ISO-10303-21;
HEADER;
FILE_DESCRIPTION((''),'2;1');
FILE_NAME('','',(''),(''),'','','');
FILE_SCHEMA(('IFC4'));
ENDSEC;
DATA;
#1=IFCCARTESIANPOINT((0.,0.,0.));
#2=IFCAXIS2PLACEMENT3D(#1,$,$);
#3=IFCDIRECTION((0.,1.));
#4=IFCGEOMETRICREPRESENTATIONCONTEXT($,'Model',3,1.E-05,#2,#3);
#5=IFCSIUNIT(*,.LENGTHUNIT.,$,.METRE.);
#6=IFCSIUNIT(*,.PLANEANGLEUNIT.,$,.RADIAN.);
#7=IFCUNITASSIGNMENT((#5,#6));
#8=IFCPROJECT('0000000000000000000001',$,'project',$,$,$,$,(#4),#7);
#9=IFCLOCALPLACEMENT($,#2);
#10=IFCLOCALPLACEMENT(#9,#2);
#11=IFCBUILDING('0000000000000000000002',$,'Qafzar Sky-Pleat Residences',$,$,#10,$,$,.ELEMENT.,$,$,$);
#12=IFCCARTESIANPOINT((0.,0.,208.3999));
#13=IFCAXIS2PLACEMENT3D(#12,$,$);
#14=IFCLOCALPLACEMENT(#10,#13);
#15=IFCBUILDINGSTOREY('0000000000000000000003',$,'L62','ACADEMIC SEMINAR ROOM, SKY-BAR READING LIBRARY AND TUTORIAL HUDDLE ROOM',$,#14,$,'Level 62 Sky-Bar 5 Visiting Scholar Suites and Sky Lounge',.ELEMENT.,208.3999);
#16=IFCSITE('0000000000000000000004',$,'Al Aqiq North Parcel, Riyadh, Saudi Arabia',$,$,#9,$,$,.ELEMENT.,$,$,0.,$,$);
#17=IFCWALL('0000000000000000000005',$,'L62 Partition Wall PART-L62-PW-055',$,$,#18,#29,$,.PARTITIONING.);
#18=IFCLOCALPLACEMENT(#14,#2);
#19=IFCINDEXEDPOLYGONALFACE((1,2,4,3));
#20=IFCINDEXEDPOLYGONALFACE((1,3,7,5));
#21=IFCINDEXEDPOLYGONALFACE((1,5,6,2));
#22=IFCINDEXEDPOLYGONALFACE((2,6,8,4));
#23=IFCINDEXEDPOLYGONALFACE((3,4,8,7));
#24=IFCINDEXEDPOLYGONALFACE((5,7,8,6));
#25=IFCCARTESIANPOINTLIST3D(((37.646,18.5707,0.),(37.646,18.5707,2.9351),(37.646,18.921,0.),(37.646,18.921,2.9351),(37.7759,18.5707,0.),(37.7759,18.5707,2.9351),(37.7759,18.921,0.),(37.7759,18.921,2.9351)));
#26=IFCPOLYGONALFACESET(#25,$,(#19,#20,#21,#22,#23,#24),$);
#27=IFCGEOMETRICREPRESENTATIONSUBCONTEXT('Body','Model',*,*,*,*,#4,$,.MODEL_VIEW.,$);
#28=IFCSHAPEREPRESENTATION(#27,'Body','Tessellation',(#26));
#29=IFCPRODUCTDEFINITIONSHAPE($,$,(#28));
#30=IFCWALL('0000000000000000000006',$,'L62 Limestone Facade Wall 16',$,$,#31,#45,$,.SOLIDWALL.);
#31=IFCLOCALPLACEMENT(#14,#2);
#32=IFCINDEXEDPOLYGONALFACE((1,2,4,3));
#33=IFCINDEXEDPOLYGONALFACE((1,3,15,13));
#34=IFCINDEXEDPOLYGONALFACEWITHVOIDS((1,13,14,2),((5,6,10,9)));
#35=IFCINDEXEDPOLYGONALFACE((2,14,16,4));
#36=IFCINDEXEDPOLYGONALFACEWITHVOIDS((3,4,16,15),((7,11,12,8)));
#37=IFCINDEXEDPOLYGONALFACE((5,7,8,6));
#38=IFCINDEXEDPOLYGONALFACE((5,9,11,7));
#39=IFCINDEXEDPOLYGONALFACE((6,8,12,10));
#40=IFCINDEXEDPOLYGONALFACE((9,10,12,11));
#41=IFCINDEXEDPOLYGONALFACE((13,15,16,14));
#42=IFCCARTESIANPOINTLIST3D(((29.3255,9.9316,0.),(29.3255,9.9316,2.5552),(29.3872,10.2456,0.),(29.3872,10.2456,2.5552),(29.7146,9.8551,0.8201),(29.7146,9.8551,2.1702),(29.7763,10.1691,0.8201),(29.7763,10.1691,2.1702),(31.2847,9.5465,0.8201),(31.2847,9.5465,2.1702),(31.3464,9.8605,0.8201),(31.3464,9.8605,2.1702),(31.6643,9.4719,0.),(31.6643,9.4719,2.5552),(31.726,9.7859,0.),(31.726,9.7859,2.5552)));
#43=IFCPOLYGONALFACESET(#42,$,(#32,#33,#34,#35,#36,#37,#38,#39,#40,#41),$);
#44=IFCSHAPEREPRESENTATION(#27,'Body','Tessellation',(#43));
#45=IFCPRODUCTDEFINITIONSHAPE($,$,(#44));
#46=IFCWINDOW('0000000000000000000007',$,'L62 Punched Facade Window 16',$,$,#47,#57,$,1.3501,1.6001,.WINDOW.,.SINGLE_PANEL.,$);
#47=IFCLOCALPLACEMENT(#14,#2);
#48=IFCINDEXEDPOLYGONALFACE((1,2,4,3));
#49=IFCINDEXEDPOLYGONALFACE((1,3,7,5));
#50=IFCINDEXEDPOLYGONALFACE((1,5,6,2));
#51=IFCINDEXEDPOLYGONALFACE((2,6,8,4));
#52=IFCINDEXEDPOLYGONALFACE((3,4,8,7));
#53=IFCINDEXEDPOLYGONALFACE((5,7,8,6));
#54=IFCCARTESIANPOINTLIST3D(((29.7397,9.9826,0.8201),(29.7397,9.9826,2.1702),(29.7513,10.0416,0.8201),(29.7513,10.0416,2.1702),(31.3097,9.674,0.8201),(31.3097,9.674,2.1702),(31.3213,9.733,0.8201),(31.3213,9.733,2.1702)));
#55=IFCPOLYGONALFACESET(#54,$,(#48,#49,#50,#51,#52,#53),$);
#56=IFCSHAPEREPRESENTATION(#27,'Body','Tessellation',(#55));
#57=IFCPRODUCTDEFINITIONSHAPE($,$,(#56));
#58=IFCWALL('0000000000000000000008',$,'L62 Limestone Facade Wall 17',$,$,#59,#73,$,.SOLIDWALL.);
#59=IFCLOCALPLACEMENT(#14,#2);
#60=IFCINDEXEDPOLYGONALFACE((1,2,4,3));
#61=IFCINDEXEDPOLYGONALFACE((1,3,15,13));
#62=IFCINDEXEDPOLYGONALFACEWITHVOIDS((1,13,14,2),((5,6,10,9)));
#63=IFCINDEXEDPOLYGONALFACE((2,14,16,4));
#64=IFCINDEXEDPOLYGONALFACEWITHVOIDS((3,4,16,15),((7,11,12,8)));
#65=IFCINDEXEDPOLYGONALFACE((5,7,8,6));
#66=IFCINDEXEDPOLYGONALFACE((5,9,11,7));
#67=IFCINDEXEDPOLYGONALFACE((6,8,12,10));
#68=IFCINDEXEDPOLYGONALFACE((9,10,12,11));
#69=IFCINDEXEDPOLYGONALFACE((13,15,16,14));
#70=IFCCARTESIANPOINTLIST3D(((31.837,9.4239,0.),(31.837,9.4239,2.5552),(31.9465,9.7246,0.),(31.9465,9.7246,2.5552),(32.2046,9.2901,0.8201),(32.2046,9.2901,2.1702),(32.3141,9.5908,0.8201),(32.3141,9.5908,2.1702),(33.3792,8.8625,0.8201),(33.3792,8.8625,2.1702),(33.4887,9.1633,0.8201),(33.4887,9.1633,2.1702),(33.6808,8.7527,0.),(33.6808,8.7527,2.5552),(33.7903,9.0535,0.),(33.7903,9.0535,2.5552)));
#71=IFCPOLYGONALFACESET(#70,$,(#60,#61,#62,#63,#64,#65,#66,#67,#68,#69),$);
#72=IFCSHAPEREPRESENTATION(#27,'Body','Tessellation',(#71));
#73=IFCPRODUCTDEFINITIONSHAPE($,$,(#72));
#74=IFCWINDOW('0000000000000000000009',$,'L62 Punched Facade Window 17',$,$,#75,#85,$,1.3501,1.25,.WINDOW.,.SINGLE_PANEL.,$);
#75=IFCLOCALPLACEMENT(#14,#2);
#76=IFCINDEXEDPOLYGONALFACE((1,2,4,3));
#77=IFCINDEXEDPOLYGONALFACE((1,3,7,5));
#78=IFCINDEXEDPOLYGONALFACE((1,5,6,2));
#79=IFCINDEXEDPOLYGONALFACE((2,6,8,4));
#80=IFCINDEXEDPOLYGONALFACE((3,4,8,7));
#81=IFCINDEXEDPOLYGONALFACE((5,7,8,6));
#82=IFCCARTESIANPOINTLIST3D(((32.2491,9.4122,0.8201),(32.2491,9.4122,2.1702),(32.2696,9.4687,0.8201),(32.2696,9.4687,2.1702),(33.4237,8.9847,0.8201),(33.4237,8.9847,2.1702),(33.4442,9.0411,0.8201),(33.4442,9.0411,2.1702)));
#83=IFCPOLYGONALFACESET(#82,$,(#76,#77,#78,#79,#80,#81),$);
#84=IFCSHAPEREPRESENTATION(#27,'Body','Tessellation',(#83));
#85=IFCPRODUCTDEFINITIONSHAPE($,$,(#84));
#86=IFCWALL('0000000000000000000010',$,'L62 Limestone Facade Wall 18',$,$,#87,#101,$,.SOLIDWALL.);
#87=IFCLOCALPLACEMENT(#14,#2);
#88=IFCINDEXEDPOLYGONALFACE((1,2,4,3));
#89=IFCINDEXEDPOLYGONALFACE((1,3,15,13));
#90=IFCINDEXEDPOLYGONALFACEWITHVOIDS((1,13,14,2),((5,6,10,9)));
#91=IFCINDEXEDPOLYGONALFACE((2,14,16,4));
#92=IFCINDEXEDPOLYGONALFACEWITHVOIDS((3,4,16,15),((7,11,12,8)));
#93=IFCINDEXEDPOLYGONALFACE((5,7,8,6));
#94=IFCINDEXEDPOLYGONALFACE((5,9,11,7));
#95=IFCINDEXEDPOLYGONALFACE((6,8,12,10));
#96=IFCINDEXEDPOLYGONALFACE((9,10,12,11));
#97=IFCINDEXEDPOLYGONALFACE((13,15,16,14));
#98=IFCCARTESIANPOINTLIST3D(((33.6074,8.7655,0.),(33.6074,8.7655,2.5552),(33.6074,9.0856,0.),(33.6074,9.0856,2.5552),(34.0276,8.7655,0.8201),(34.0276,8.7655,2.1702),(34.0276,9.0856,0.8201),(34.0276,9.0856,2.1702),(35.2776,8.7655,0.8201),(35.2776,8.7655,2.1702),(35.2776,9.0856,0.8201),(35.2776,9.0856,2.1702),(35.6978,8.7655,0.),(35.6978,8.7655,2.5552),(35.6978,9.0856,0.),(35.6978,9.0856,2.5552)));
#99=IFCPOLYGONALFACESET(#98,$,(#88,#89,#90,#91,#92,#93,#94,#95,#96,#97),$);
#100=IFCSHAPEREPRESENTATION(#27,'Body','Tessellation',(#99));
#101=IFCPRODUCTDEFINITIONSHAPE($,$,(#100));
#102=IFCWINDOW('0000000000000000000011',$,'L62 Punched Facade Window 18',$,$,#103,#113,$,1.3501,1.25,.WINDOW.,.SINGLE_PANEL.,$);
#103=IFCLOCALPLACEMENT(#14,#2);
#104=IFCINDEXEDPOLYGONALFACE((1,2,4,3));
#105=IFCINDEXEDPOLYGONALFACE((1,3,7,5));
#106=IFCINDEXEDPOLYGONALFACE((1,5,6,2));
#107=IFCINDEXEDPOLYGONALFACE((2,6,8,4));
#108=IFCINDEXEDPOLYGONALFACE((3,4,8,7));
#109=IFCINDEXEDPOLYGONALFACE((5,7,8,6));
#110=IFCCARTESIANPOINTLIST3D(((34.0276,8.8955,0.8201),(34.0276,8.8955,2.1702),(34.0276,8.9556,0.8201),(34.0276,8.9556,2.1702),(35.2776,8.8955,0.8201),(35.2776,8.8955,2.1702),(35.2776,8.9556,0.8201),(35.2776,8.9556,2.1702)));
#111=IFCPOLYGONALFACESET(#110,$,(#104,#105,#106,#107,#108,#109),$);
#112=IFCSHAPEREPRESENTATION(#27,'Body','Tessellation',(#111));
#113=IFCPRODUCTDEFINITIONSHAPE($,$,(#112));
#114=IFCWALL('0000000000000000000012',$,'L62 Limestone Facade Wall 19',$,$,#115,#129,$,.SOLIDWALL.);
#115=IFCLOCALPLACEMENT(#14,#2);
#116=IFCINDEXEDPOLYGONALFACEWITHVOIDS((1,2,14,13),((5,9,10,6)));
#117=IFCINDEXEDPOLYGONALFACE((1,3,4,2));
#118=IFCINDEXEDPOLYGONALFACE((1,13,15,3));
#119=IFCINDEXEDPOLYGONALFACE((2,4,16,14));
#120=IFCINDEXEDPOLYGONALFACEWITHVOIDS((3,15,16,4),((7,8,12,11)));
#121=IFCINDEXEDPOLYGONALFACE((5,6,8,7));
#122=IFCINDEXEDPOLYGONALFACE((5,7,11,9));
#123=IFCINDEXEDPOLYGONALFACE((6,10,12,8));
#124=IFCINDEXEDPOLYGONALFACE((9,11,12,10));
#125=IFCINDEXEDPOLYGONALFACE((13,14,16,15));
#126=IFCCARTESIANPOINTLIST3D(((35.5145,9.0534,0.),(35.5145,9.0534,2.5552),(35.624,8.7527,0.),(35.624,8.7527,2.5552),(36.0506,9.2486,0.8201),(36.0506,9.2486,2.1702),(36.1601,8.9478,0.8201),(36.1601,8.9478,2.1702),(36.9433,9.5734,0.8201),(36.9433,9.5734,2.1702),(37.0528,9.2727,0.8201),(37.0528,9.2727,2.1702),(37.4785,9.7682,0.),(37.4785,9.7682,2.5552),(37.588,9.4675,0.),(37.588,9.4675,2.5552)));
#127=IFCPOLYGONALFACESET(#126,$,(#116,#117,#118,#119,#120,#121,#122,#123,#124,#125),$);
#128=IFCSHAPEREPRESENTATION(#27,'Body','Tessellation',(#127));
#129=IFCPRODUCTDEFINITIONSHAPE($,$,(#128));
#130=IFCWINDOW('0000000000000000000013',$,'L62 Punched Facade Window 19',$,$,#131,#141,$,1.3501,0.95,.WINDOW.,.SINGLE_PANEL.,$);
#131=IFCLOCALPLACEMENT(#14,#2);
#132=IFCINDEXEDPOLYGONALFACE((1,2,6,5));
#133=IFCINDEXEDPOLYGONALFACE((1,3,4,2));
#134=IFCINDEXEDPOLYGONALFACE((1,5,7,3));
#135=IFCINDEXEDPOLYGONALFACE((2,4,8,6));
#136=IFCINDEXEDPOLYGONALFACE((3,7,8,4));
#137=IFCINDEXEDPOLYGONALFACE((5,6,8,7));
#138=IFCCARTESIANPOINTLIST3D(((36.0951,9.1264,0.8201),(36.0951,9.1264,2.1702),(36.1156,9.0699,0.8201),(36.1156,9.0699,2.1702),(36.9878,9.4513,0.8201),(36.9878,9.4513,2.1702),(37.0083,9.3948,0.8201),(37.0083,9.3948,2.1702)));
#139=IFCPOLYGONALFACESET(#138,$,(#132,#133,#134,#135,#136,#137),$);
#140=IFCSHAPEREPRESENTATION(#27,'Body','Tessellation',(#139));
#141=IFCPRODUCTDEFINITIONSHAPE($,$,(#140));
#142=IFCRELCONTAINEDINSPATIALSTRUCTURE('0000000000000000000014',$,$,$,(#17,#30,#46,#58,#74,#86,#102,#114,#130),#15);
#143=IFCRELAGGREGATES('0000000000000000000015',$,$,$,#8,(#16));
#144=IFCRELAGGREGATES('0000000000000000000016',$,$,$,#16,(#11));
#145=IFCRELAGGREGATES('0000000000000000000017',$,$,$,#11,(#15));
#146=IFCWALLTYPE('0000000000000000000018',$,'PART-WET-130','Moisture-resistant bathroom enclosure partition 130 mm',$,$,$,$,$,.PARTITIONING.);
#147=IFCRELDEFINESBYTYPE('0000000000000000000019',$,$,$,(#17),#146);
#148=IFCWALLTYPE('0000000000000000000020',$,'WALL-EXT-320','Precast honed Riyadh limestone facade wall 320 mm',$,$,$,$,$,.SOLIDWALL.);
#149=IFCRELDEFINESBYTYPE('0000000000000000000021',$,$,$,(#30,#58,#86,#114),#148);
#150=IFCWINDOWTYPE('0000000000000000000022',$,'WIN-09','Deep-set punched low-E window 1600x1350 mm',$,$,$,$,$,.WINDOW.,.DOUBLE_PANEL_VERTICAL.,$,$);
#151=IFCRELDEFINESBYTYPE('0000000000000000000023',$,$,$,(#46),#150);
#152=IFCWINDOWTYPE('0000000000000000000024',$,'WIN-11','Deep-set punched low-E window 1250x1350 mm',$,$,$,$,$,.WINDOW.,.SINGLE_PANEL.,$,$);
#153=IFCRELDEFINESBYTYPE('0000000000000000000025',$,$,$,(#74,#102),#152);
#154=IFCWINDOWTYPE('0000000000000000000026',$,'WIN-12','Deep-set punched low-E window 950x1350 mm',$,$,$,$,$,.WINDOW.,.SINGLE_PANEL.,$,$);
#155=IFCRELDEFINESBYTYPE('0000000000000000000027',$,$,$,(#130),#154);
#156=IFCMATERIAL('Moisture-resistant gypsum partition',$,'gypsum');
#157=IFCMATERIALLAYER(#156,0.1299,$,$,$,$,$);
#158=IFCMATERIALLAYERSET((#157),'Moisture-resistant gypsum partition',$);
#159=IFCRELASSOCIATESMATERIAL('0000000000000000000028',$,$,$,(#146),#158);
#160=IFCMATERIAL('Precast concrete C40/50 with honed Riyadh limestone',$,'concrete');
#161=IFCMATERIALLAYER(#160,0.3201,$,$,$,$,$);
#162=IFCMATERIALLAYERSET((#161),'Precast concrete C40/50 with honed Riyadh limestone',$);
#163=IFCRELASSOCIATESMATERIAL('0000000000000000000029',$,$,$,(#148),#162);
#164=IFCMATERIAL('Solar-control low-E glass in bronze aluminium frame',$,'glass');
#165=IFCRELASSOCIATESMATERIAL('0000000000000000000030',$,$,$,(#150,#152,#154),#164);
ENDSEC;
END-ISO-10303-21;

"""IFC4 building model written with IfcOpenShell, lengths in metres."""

from ifc_helpers import new_model, si_unit, direction, frame, frame_2d, origin, place, context, subcontext, project, spatial, rectangle, extrude, source, transform, mapped, material, layer, layer_set, type_object, element, fill, save


model = new_model("IFC4")

# Units and contexts
model_context = context("Model", 3, precision=1e-05, world=origin(), true_north=direction((0.0, 1.0)))
body_context = subcontext(model_context, "Body", "Model", "MODEL_VIEW")
ifc_project = project(units=[si_unit("LENGTHUNIT", "METRE"), si_unit("PLANEANGLEUNIT", "RADIAN")], contexts=[model_context])

# Site, building, storey
site_placement = place(None, origin())
site = spatial("IfcSite", under=ifc_project, at=site_placement, Name="Al Aqiq North Parcel, Riyadh, Saudi Arabia", CompositionType="ELEMENT", RefElevation=0.0)
building_placement = place(site_placement, origin())
building = spatial("IfcBuilding", under=site, at=building_placement, Name="Qafzar Sky-Pleat Residences", CompositionType="ELEMENT")
storey_placement = place(building_placement, frame((0.0, 0.0, 208.3999)))
storey = spatial("IfcBuildingStorey", under=building, at=storey_placement, Name="L62", Description="ACADEMIC SEMINAR ROOM, SKY-BAR READING LIBRARY AND TUTORIAL HUDDLE ROOM", LongName="Level 62 Sky-Bar 5 Visiting Scholar Suites and Sky Lounge", CompositionType="ELEMENT", Elevation=208.3999)

# Wall
ifc_material_1 = material(Name="Moisture-resistant gypsum partition", Category="gypsum")
ifc_layer_1 = layer(ifc_material_1, 0.1299)
ifc_layer_set_1 = layer_set([ifc_layer_1], Name="Moisture-resistant gypsum partition")
wall_type_1 = type_object("IfcWallType", Name="PART-WET-130", Description="Moisture-resistant bathroom enclosure partition 130 mm", PredefinedType="PARTITIONING", material=ifc_layer_set_1)
wall_1_placement = place(storey_placement, frame((37.7109, 18.5706, 0.0), z_axis=(0.0, 0.0, 1.0), x_axis=(0.0, 1.0, 0.0)))
element("IfcWall", 1, at=wall_1_placement, inside=storey, type_object=wall_type_1, Name="L62 Partition Wall PART-L62-PW-055", PredefinedType="PARTITIONING", context=body_context, shape_type="SweptSolid", body=[
    extrude(rectangle(XDim=0.3503, YDim=0.1299, at=frame_2d((0.1753, 0.0))), origin(), (0.0, 0.0, 1.0), 2.9351),
])

# Walls, openings, windows
ifc_material_2 = material(Name="Precast concrete C40/50 with honed Riyadh limestone", Category="concrete")
ifc_layer_2 = layer(ifc_material_2, 0.3201)
ifc_layer_set_2 = layer_set([ifc_layer_2], Name="Precast concrete C40/50 with honed Riyadh limestone")
wall_type_2 = type_object("IfcWallType", Name="WALL-EXT-320", Description="Precast honed Riyadh limestone facade wall 320 mm", PredefinedType="SOLIDWALL", material=ifc_layer_set_2)
wall_2_placement = place(storey_placement, frame((29.3562, 10.0886, 0.0), z_axis=(0.0, 0.0, 1.0), x_axis=(0.981225, -0.192865, 0.0)))
wall_2 = element("IfcWall", 2, at=wall_2_placement, inside=storey, type_object=wall_type_2, Name="L62 Limestone Facade Wall 16", PredefinedType="SOLIDWALL", context=body_context, shape_type="SweptSolid", body=[
    extrude(rectangle(XDim=2.3835, YDim=0.3201, at=frame_2d((1.1919, 0.0))), origin(), (0.0, 0.0, 1.0), 2.5552),
])
opening_1_placement = place(wall_2_placement, frame((0.3967, 0.0, 0.8201)))
opening_1 = element("IfcOpeningElement", 3, at=opening_1_placement, cuts=wall_2, PredefinedType="OPENING", context=body_context, shape_type="SweptSolid", body=[
    extrude(rectangle(XDim=1.6001, YDim=1.3501, at=frame_2d((0.8, 0.675))), frame((0.0, 0.1699, 0.0), z_axis=(0.0, -1.0, 0.0), x_axis=(1.0, 0.0, 0.0)), (0.0, 0.0, 1.0), 0.3401),
])
ifc_material_3 = material(Name="Solar-control low-E glass in bronze aluminium frame", Category="glass")
window_type_1 = type_object("IfcWindowType", Name="WIN-09", Description="Deep-set punched low-E window 1600x1350 mm", PartitioningType="DOUBLE_PANEL_VERTICAL", PredefinedType="WINDOW", material=ifc_material_3)
shared_shape_1 = source(origin(), body_context, "Body", "SweptSolid", [
    extrude(rectangle(XDim=1.6001, YDim=1.3501, at=frame_2d((0.8, 0.675))), frame((0.0, 0.03, 0.0), z_axis=(0.0, -1.0, 0.0), x_axis=(1.0, 0.0, 0.0)), (0.0, 0.0, 1.0), 0.0601),
])
window_1_placement = place(opening_1_placement, origin())
window_1 = element("IfcWindow", 4, at=window_1_placement, inside=storey, type_object=window_type_1, Name="L62 Punched Facade Window 16", OverallHeight=1.3501, OverallWidth=1.6001, PartitioningType="SINGLE_PANEL", PredefinedType="WINDOW", context=body_context, shape_type="MappedRepresentation", body=[
    mapped(shared_shape_1, transform((0.0, 0.0, 0.0), x_axis=(1.0, 0.0, 0.0), y_axis=(0.0, 1.0, 0.0), z_axis=(0.0, 0.0, 1.0), scale=1.0)),
])
fill(opening_1, window_1)
wall_3_placement = place(storey_placement, frame((31.8918, 9.5742, 0.0), z_axis=(0.0, 0.0, 1.0), x_axis=(0.939681, -0.342053, 0.0)))
wall_3 = element("IfcWall", 5, at=wall_3_placement, inside=storey, type_object=wall_type_2, Name="L62 Limestone Facade Wall 17", PredefinedType="SOLIDWALL", context=body_context, shape_type="SweptSolid", body=[
    extrude(rectangle(XDim=1.9622, YDim=0.3201, at=frame_2d((0.981, 0.0))), origin(), (0.0, 0.0, 1.0), 2.5552),
])
opening_2_placement = place(wall_3_placement, frame((0.3911, 0.0, 0.8201)))
opening_2 = element("IfcOpeningElement", 6, at=opening_2_placement, cuts=wall_3, PredefinedType="OPENING", context=body_context, shape_type="SweptSolid", body=[
    extrude(rectangle(XDim=1.25, YDim=1.3501, at=frame_2d((0.625, 0.675))), frame((0.0, 0.1699, 0.0), z_axis=(0.0, -1.0, 0.0), x_axis=(1.0, 0.0, 0.0)), (0.0, 0.0, 1.0), 0.3401),
])
window_type_2 = type_object("IfcWindowType", Name="WIN-11", Description="Deep-set punched low-E window 1250x1350 mm", PartitioningType="SINGLE_PANEL", PredefinedType="WINDOW", material=ifc_material_3)
shared_shape_2 = source(origin(), body_context, "Body", "SweptSolid", [
    extrude(rectangle(XDim=1.25, YDim=1.3501, at=frame_2d((0.625, 0.675))), frame((0.0, 0.03, 0.0), z_axis=(0.0, -1.0, 0.0), x_axis=(1.0, 0.0, 0.0)), (0.0, 0.0, 1.0), 0.0601),
])
window_2_placement = place(opening_2_placement, origin())
window_2 = element("IfcWindow", 7, at=window_2_placement, inside=storey, type_object=window_type_2, Name="L62 Punched Facade Window 17", OverallHeight=1.3501, OverallWidth=1.25, PartitioningType="SINGLE_PANEL", PredefinedType="WINDOW", context=body_context, shape_type="MappedRepresentation", body=[
    mapped(shared_shape_2, transform((0.0, 0.0, 0.0), x_axis=(1.0, 0.0, 0.0), y_axis=(0.0, 1.0, 0.0), z_axis=(0.0, 0.0, 1.0), scale=1.0)),
])
fill(opening_2, window_2)
wall_4_placement = place(storey_placement, frame((33.6074, 8.9255, 0.0), z_axis=(0.0, 0.0, 1.0), x_axis=(1.0, 0.0, 0.0)))
wall_4 = element("IfcWall", 8, at=wall_4_placement, inside=storey, type_object=wall_type_2, Name="L62 Limestone Facade Wall 18", PredefinedType="SOLIDWALL", context=body_context, shape_type="SweptSolid", body=[
    extrude(rectangle(XDim=2.0903, YDim=0.3201, at=frame_2d((1.0452, 0.0))), origin(), (0.0, 0.0, 1.0), 2.5552),
])
opening_3_placement = place(wall_4_placement, frame((0.4202, 0.0, 0.8201)))
opening_3 = element("IfcOpeningElement", 9, at=opening_3_placement, cuts=wall_4, PredefinedType="OPENING", context=body_context, shape_type="SweptSolid", body=[
    extrude(rectangle(XDim=1.25, YDim=1.3501, at=frame_2d((0.625, 0.675))), frame((0.0, 0.1699, 0.0), z_axis=(0.0, -1.0, 0.0), x_axis=(1.0, 0.0, 0.0)), (0.0, 0.0, 1.0), 0.3401),
])
window_3_placement = place(opening_3_placement, origin())
window_3 = element("IfcWindow", 10, at=window_3_placement, inside=storey, type_object=window_type_2, Name="L62 Punched Facade Window 18", OverallHeight=1.3501, OverallWidth=1.25, PartitioningType="SINGLE_PANEL", PredefinedType="WINDOW", context=body_context, shape_type="MappedRepresentation", body=[
    mapped(shared_shape_2, transform((0.0, 0.0, 0.0), x_axis=(1.0, 0.0, 0.0), y_axis=(0.0, 1.0, 0.0), z_axis=(0.0, 0.0, 1.0), scale=1.0)),
])
fill(opening_3, window_3)
wall_5_placement = place(storey_placement, frame((35.5693, 8.9031, 0.0), z_axis=(0.0, 0.0, 1.0), x_axis=(0.939698, 0.342006, 0.0)))
wall_5 = element("IfcWall", 11, at=wall_5_placement, inside=storey, type_object=wall_type_2, Name="L62 Limestone Facade Wall 19", PredefinedType="SOLIDWALL", context=body_context, shape_type="SweptSolid", body=[
    extrude(rectangle(XDim=2.0901, YDim=0.3201, at=frame_2d((1.0449, 0.0))), origin(), (0.0, 0.0, 1.0), 2.5552),
])
opening_4_placement = place(wall_5_placement, frame((0.5703, 0.0, 0.8201)))
opening_4 = element("IfcOpeningElement", 12, at=opening_4_placement, cuts=wall_5, PredefinedType="OPENING", context=body_context, shape_type="SweptSolid", body=[
    extrude(rectangle(XDim=0.95, YDim=1.3501, at=frame_2d((0.4751, 0.675))), frame((0.0, 0.1699, 0.0), z_axis=(0.0, -1.0, 0.0), x_axis=(1.0, 0.0, 0.0)), (0.0, 0.0, 1.0), 0.3401),
])
window_type_3 = type_object("IfcWindowType", Name="WIN-12", Description="Deep-set punched low-E window 950x1350 mm", PartitioningType="SINGLE_PANEL", PredefinedType="WINDOW", material=ifc_material_3)
shared_shape_3 = source(origin(), body_context, "Body", "SweptSolid", [
    extrude(rectangle(XDim=0.95, YDim=1.3501, at=frame_2d((0.4751, 0.675))), frame((0.0, 0.03, 0.0), z_axis=(0.0, -1.0, 0.0), x_axis=(1.0, 0.0, 0.0)), (0.0, 0.0, 1.0), 0.0601),
])
window_4_placement = place(opening_4_placement, origin())
window_4 = element("IfcWindow", 13, at=window_4_placement, inside=storey, type_object=window_type_3, Name="L62 Punched Facade Window 19", OverallHeight=1.3501, OverallWidth=0.95, PartitioningType="SINGLE_PANEL", PredefinedType="WINDOW", context=body_context, shape_type="MappedRepresentation", body=[
    mapped(shared_shape_3, transform((0.0, 0.0, 0.0), x_axis=(1.0, 0.0, 0.0), y_axis=(0.0, 1.0, 0.0), z_axis=(0.0, 0.0, 1.0), scale=1.0)),
])
fill(opening_4, window_4)

save(model, "model.ifc")
